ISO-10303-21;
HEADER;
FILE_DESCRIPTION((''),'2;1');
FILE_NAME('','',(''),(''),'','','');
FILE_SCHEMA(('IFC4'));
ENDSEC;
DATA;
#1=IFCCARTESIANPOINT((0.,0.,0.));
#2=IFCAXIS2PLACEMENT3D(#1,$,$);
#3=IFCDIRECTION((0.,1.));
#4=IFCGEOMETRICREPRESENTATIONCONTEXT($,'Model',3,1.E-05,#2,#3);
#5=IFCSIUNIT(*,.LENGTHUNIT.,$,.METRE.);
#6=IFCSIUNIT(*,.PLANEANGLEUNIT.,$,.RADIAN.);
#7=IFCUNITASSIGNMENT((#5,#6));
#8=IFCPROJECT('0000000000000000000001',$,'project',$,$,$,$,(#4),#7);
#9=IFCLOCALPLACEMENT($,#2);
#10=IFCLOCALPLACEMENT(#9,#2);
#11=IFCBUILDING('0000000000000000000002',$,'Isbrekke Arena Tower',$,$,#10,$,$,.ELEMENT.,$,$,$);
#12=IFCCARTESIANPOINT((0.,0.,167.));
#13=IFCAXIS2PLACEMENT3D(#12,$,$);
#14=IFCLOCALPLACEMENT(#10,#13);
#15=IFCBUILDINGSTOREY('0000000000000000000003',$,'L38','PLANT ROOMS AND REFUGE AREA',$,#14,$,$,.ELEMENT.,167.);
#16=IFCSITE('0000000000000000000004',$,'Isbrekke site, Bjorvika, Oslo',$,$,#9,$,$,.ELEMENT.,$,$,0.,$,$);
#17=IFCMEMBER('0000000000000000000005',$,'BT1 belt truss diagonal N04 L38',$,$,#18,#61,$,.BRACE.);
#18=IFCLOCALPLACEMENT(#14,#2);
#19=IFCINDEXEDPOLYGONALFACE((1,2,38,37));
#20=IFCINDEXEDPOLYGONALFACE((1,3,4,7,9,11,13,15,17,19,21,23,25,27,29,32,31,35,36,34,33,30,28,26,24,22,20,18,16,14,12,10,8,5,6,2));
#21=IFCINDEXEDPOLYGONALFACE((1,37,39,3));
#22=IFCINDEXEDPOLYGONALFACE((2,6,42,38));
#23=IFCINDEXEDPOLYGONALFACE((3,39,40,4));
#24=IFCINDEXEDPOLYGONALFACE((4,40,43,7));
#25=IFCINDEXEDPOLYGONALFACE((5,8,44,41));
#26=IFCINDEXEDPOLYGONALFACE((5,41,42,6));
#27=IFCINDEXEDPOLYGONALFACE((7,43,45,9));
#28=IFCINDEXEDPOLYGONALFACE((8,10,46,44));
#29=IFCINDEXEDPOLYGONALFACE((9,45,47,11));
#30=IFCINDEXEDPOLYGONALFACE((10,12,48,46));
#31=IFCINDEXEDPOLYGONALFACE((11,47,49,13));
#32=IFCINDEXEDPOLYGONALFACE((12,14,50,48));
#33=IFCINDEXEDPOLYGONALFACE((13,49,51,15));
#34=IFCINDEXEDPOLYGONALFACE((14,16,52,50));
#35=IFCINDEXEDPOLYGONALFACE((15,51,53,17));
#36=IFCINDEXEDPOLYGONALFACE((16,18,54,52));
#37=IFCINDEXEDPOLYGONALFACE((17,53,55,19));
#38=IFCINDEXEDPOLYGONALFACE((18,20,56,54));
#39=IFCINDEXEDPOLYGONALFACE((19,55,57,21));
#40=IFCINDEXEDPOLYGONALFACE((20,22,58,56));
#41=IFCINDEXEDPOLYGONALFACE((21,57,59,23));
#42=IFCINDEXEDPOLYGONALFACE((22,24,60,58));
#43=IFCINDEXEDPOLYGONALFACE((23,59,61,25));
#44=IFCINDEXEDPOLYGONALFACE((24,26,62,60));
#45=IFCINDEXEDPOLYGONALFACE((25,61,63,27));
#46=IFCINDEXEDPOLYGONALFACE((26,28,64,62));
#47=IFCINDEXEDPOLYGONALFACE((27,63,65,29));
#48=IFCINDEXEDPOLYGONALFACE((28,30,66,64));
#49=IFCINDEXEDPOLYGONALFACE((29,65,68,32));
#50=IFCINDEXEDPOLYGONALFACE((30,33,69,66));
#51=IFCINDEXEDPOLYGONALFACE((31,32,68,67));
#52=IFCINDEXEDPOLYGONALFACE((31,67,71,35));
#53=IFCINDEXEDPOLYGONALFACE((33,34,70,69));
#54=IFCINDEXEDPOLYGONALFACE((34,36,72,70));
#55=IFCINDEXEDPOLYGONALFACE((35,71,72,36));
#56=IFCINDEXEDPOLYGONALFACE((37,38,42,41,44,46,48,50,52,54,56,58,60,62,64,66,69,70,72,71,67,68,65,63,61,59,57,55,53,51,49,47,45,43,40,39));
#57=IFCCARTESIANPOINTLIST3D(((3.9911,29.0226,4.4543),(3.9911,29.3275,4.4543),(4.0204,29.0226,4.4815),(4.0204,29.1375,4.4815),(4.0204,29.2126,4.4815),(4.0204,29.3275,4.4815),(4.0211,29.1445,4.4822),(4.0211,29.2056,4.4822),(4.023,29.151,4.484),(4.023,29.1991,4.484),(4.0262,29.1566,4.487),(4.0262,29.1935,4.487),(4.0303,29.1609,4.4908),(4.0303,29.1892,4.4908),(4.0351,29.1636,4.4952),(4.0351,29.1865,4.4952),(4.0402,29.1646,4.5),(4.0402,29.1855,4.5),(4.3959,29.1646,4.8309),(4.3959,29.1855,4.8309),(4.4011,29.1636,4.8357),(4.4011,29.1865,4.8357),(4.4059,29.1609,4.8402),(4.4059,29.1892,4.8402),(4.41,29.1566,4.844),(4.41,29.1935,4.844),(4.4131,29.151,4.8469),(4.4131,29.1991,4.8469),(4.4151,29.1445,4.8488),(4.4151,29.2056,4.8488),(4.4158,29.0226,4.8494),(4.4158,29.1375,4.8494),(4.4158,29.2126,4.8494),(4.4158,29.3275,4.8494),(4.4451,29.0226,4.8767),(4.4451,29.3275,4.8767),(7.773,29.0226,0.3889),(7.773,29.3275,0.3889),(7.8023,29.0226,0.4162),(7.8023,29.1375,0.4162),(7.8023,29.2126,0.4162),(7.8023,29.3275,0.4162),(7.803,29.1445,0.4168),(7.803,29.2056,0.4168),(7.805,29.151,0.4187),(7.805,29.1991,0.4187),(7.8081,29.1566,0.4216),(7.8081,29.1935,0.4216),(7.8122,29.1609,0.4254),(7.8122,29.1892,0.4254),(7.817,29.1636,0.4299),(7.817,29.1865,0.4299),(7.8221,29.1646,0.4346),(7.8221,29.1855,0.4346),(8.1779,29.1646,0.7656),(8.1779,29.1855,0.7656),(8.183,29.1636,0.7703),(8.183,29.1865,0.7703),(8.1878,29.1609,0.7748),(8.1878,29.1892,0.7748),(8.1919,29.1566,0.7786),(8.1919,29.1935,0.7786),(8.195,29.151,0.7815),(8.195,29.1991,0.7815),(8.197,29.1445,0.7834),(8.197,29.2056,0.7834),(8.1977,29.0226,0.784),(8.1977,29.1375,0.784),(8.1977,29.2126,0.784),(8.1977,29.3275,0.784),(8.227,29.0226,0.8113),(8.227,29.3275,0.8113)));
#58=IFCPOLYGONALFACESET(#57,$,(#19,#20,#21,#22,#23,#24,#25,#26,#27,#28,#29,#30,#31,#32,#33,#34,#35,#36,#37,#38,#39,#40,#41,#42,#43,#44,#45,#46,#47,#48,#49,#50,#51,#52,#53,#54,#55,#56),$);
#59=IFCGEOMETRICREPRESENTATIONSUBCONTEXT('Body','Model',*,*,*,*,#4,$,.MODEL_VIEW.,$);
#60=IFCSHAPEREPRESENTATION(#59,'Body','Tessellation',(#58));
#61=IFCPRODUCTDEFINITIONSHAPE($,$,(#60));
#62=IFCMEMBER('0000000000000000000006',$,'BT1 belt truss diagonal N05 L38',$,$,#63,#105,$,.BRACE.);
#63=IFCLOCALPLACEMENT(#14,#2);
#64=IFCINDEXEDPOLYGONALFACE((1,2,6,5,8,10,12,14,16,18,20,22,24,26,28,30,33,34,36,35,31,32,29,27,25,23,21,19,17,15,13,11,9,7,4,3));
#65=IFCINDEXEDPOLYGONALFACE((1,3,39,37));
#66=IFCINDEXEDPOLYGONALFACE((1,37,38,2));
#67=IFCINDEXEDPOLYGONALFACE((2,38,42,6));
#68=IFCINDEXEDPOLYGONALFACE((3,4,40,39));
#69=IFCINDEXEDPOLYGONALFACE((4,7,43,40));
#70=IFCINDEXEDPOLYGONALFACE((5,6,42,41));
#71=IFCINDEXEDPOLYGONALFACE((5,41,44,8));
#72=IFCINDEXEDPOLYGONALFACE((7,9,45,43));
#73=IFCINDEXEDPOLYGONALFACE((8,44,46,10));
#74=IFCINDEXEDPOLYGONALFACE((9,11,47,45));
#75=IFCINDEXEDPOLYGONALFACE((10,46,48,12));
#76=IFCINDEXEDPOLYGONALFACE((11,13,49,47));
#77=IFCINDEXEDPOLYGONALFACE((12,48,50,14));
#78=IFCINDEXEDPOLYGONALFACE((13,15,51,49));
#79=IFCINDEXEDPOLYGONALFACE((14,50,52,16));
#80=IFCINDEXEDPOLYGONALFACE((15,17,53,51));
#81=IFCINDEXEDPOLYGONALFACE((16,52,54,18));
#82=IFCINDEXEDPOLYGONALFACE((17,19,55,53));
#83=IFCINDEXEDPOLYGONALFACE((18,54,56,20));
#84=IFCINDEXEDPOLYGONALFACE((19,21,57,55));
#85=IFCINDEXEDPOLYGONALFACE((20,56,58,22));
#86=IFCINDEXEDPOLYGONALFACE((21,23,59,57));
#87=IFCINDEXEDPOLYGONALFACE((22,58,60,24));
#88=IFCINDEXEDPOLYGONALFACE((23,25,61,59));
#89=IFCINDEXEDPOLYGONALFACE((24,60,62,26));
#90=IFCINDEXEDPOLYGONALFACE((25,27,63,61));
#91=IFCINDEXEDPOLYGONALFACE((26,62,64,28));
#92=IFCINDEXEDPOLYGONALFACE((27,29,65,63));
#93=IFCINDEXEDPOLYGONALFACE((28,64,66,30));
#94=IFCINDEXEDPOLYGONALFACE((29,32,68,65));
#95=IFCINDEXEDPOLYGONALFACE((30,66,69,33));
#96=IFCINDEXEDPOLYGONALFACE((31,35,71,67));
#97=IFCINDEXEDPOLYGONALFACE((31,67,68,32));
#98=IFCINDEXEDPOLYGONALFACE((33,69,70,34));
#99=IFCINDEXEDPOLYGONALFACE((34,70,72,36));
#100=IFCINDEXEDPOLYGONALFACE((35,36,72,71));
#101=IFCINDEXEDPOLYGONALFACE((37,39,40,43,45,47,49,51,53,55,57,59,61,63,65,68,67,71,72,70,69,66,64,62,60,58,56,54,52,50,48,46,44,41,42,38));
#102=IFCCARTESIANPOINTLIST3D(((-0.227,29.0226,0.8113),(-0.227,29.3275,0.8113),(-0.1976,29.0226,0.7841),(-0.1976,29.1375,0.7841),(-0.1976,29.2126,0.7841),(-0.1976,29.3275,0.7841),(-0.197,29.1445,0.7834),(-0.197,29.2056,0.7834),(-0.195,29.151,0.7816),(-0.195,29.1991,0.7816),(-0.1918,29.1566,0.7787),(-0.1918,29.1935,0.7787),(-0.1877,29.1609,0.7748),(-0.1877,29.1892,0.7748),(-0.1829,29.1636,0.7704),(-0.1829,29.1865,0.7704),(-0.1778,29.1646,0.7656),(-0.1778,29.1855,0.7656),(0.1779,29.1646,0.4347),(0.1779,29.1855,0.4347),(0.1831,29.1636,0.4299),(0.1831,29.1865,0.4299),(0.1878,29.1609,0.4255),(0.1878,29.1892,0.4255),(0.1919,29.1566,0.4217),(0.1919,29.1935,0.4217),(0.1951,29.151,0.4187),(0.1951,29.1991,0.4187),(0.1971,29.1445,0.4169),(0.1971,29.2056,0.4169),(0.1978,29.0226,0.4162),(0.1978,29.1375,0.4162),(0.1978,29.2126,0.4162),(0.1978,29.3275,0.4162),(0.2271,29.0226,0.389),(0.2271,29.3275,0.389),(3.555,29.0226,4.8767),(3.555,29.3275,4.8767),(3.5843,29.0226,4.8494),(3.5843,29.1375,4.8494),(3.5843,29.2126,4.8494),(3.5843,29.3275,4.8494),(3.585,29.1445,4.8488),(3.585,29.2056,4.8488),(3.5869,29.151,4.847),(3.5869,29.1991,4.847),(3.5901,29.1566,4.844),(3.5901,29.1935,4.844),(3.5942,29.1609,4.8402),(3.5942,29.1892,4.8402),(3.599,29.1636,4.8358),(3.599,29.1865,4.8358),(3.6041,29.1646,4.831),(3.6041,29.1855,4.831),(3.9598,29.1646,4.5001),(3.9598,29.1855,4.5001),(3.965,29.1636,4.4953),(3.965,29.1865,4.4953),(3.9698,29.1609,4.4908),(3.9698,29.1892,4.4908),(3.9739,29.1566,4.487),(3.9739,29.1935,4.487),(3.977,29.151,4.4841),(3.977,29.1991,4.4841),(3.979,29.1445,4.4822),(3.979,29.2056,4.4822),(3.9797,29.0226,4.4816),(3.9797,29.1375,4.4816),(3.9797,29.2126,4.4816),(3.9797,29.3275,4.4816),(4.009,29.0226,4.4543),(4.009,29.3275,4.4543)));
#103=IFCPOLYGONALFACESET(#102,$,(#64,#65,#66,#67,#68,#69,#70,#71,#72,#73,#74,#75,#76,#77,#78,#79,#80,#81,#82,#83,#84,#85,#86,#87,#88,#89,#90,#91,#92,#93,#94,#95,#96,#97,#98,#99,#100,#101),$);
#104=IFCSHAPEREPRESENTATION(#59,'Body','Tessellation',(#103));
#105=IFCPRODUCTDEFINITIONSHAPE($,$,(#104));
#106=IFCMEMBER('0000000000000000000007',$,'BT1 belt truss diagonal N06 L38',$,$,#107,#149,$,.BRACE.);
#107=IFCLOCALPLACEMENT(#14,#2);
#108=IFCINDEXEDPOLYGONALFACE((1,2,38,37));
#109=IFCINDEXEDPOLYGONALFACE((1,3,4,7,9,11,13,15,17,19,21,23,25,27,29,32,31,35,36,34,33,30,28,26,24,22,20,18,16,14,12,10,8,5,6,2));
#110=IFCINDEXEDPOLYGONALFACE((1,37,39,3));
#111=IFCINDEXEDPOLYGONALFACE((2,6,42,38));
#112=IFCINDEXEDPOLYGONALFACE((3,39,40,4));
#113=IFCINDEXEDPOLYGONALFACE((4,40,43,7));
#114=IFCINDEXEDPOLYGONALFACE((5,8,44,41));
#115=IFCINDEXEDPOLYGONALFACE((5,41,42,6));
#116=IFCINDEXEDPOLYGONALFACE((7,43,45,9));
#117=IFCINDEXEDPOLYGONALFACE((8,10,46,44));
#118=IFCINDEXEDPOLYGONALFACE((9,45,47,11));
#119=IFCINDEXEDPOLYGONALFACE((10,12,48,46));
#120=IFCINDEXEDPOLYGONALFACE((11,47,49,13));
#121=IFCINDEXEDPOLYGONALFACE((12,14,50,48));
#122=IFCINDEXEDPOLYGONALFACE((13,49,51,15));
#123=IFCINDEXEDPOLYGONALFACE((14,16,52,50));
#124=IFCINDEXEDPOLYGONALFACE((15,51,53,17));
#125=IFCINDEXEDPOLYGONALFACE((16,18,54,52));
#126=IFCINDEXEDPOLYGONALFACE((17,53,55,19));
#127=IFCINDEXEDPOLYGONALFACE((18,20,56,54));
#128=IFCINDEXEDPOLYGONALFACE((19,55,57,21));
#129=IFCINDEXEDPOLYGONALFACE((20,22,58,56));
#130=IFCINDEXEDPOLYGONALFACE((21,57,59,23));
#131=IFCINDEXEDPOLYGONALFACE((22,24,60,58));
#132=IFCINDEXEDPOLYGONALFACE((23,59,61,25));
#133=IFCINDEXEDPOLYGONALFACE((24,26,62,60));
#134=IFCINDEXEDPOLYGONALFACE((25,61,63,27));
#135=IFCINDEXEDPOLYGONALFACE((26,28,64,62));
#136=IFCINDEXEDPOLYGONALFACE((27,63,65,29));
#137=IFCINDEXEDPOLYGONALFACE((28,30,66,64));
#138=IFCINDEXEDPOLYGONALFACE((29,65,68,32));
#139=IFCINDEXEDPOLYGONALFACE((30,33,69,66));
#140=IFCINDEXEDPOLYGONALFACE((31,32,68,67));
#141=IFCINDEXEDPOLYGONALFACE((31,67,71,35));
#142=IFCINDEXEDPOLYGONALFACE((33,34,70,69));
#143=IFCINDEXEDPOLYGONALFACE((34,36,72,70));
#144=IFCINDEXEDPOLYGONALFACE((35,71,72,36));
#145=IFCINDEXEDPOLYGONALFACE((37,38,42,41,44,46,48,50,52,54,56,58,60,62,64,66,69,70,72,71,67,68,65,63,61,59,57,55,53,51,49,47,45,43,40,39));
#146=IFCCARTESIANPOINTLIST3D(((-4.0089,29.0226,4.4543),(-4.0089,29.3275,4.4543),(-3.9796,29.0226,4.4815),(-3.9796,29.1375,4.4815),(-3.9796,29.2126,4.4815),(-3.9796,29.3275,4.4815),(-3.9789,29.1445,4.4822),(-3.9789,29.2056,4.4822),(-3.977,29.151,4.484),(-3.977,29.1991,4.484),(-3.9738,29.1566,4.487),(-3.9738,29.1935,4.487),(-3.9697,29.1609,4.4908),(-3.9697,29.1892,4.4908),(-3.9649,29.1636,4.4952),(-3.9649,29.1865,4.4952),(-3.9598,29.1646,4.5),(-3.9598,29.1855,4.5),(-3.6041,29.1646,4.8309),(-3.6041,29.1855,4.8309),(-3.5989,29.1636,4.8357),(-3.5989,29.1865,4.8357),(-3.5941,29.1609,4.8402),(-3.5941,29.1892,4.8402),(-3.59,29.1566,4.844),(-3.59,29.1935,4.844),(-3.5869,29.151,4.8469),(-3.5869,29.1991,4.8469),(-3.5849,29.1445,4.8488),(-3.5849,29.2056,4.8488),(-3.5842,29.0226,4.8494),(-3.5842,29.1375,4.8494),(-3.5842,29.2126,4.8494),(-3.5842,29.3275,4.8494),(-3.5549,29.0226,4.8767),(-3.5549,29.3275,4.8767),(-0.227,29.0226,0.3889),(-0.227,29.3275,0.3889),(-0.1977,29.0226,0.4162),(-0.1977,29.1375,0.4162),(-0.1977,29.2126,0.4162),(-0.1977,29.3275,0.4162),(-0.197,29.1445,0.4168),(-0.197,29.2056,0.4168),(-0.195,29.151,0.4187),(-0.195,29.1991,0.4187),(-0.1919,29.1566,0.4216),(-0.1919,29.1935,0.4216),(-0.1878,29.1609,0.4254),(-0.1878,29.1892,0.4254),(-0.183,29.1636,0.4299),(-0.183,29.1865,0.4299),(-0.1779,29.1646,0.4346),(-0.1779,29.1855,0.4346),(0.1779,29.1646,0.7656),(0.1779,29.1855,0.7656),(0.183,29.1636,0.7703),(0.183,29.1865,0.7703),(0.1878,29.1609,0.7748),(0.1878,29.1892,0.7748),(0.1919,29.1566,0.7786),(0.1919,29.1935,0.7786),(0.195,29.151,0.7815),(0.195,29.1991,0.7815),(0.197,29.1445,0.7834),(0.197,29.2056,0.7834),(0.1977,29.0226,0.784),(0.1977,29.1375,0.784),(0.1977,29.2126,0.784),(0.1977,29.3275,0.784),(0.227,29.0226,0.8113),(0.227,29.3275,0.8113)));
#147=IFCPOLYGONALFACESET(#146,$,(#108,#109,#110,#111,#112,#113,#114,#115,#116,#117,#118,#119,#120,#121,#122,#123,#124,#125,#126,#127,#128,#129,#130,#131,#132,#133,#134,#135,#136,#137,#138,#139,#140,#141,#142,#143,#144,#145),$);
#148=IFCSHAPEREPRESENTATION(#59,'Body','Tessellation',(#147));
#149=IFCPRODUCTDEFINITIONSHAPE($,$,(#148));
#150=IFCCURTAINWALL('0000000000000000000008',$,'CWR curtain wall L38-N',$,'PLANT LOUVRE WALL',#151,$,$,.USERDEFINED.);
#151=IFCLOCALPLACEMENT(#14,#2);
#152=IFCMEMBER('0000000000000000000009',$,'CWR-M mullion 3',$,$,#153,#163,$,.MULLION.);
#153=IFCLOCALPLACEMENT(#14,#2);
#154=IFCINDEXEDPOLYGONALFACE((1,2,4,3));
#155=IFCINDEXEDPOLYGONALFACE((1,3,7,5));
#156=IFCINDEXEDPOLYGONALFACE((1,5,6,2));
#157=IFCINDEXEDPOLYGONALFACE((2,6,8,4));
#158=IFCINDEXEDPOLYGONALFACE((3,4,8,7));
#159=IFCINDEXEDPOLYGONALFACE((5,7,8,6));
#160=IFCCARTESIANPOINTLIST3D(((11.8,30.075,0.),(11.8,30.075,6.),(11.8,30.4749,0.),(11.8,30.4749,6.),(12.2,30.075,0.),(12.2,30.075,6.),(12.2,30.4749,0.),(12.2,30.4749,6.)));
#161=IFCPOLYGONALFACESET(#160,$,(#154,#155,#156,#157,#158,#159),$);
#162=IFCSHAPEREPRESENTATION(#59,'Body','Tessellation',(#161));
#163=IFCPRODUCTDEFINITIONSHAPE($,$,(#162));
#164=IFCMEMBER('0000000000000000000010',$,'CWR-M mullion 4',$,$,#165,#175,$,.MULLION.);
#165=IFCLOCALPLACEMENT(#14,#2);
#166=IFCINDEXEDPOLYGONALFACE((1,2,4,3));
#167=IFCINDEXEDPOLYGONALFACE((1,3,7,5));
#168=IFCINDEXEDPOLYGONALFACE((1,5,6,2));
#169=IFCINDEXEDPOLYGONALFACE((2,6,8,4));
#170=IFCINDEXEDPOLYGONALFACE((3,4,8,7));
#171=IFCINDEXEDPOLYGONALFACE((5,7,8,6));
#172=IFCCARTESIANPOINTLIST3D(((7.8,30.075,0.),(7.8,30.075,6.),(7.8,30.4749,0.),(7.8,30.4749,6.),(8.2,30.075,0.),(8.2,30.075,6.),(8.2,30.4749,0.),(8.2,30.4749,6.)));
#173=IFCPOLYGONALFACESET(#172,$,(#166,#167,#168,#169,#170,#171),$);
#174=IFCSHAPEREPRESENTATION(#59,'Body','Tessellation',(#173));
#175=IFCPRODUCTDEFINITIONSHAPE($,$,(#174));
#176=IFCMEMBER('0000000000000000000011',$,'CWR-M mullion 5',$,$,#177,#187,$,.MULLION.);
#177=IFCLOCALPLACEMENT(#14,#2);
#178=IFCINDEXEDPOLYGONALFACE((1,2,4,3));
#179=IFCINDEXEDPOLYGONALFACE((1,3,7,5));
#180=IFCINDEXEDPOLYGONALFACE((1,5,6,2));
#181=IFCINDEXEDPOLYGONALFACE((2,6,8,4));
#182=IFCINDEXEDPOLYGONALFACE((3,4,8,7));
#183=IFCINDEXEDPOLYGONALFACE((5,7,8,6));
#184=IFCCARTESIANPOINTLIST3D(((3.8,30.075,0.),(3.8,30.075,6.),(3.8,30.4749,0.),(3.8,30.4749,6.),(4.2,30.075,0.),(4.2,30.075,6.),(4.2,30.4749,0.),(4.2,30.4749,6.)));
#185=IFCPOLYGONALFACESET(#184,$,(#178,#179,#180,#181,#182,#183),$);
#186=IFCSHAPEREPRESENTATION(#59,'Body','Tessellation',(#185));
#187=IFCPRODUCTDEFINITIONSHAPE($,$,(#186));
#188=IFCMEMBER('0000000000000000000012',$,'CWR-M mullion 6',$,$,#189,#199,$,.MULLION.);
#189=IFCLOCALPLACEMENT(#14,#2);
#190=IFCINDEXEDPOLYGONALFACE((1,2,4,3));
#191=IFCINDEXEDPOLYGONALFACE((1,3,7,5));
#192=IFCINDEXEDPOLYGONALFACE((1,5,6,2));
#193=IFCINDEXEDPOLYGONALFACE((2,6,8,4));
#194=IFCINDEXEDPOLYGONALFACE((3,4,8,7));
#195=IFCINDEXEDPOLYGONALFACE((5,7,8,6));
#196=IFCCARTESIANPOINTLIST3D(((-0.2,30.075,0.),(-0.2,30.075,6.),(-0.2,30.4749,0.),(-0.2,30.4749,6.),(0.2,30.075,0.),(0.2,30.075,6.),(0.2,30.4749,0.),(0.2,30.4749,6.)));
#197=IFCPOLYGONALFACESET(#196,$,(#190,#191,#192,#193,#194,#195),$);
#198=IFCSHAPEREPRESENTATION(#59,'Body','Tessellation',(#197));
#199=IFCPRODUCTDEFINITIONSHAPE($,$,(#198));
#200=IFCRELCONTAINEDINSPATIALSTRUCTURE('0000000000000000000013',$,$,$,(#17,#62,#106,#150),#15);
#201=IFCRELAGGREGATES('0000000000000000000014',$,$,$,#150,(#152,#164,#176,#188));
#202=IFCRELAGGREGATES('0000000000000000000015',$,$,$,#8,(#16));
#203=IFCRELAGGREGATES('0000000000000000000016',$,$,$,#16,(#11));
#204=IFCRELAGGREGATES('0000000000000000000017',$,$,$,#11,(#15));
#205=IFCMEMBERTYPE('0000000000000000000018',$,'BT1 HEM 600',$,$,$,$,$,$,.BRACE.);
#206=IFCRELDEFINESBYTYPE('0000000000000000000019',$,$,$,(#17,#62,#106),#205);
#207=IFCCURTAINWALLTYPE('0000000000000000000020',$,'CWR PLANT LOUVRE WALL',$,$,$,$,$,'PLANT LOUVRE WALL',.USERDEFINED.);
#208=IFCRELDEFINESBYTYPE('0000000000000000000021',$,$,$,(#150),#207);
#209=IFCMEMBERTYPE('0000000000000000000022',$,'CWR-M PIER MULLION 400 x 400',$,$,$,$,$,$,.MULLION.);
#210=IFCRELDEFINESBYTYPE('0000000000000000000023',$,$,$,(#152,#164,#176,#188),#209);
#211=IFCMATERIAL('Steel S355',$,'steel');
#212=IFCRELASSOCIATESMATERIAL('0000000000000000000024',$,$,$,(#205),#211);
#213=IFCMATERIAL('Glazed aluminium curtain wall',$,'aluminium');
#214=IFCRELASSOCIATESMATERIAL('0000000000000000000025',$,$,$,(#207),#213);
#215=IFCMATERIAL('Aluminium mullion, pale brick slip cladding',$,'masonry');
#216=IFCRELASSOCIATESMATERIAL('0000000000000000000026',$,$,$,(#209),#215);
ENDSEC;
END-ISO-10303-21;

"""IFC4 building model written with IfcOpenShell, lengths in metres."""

from ifc_helpers import new_model, si_unit, direction, frame, origin, origin_2d, place, context, subcontext, project, spatial, rectangle, i_section, extrude, material, material_profile, profile_set, type_object, element, aggregate, save


model = new_model("IFC4")

# Units and contexts
model_context = context("Model", 3, precision=1e-05, world=origin(), true_north=direction((0.0, 1.0)))
body_context = subcontext(model_context, "Body", "Model", "MODEL_VIEW")
ifc_project = project(units=[si_unit("LENGTHUNIT", "METRE"), si_unit("PLANEANGLEUNIT", "RADIAN")], contexts=[model_context])

# Site, building, storey
site_placement = place(None, origin())
site = spatial("IfcSite", under=ifc_project, at=site_placement, Name="Isbrekke site, Bjorvika, Oslo", CompositionType="ELEMENT", RefElevation=0.0)
building_placement = place(site_placement, origin())
building = spatial("IfcBuilding", under=site, at=building_placement, Name="Isbrekke Arena Tower", CompositionType="ELEMENT")
storey_placement = place(building_placement, frame((0.0, 0.0, 167.0)))
storey = spatial("IfcBuildingStorey", under=building, at=storey_placement, Name="L38", Description="PLANT ROOMS AND REFUGE AREA", CompositionType="ELEMENT", Elevation=167.0)

# Members
ifc_material_1 = material(Name="Steel S355", Category="steel")
ifc_material_profile_1 = material_profile(ifc_material_1, i_section(OverallWidth=0.3049, OverallDepth=0.6201, WebThickness=0.021, FlangeThickness=0.04, FilletRadius=0.0271, at=origin_2d()), Name="HEM 600")
ifc_profile_set_1 = profile_set([ifc_material_profile_1], Name="Steel S355")
member_type_1 = type_object("IfcMemberType", Name="BT1 HEM 600", PredefinedType="BRACE", material=ifc_profile_set_1)
for number, where, z_axis, x_axis, name in (
    (1, (8.0, 29.175, 0.6001), (-0.681122, 0.0, 0.73217), (0.0, -1.0, 0.0), "BT1 belt truss diagonal N04 L38"),
    (2, (3.782, 29.175, 4.6655), (-0.681122, 0.0, -0.73217), (0.0, -1.0, 0.0), "BT1 belt truss diagonal N05 L38"),
    (3, (0.0, 29.175, 0.6001), (-0.681122, 0.0, 0.73217), (0.0, -1.0, 0.0), "BT1 belt truss diagonal N06 L38"),
):
    element("IfcMember", number, at=place(storey_placement, frame(where, z_axis=z_axis, x_axis=x_axis)), inside=storey, type_object=member_type_1, Name=name, PredefinedType="BRACE", context=body_context, shape_type="SweptSolid", body=[
        extrude(i_section(OverallWidth=0.3049, OverallDepth=0.6201, WebThickness=0.021, FlangeThickness=0.04, FilletRadius=0.0271, at=origin_2d()), origin(), (0.0, 0.0, 1.0), 5.5525),
    ])

# Curtain wall, members
ifc_material_2 = material(Name="Glazed aluminium curtain wall", Category="aluminium")
curtain_wall_type = type_object("IfcCurtainWallType", Name="CWR PLANT LOUVRE WALL", ElementType="PLANT LOUVRE WALL", PredefinedType="USERDEFINED", material=ifc_material_2)
curtain_wall_placement = place(storey_placement, origin())
curtain_wall = element("IfcCurtainWall", 4, at=curtain_wall_placement, inside=storey, type_object=curtain_wall_type, Name="CWR curtain wall L38-N", ObjectType="PLANT LOUVRE WALL", PredefinedType="USERDEFINED")
ifc_material_3 = material(Name="Aluminium mullion, pale brick slip cladding", Category="masonry")
ifc_material_profile_2 = material_profile(ifc_material_3, rectangle(XDim=0.3999, YDim=0.3999, at=origin_2d()), Name="PIER 400X400")
ifc_profile_set_2 = profile_set([ifc_material_profile_2], Name="Aluminium mullion, pale brick slip cladding")
member_type_2 = type_object("IfcMemberType", Name="CWR-M PIER MULLION 400 x 400", PredefinedType="MULLION", material=ifc_profile_set_2)
member_1_placement = place(storey_placement, frame((12.0, 30.2749, 0.0), z_axis=(0.0, 0.0, 1.0), x_axis=(-1.0, 0.0, 0.0)))
member_1 = element("IfcMember", 5, at=member_1_placement, type_object=member_type_2, Name="CWR-M mullion 3", PredefinedType="MULLION", context=body_context, shape_type="SweptSolid", body=[
    extrude(rectangle(XDim=0.3999, YDim=0.3999, at=origin_2d()), origin(), (0.0, 0.0, 1.0), 6.0),
])
member_2_placement = place(storey_placement, frame((8.0, 30.2749, 0.0), z_axis=(0.0, 0.0, 1.0), x_axis=(-1.0, 0.0, 0.0)))
member_2 = element("IfcMember", 6, at=member_2_placement, type_object=member_type_2, Name="CWR-M mullion 4", PredefinedType="MULLION", context=body_context, shape_type="SweptSolid", body=[
    extrude(rectangle(XDim=0.3999, YDim=0.3999, at=origin_2d()), origin(), (0.0, 0.0, 1.0), 6.0),
])
member_3_placement = place(storey_placement, frame((4.0, 30.2749, 0.0), z_axis=(0.0, 0.0, 1.0), x_axis=(-1.0, 0.0, 0.0)))
member_3 = element("IfcMember", 7, at=member_3_placement, type_object=member_type_2, Name="CWR-M mullion 5", PredefinedType="MULLION", context=body_context, shape_type="SweptSolid", body=[
    extrude(rectangle(XDim=0.3999, YDim=0.3999, at=origin_2d()), origin(), (0.0, 0.0, 1.0), 6.0),
])
member_4_placement = place(storey_placement, frame((0.0, 30.2749, 0.0), z_axis=(0.0, 0.0, 1.0), x_axis=(-1.0, 0.0, 0.0)))
member_4 = element("IfcMember", 8, at=member_4_placement, type_object=member_type_2, Name="CWR-M mullion 6", PredefinedType="MULLION", context=body_context, shape_type="SweptSolid", body=[
    extrude(rectangle(XDim=0.3999, YDim=0.3999, at=origin_2d()), origin(), (0.0, 0.0, 1.0), 6.0),
])

aggregate(curtain_wall, [member_1, member_2, member_3, member_4])

save(model, "model.ifc")
